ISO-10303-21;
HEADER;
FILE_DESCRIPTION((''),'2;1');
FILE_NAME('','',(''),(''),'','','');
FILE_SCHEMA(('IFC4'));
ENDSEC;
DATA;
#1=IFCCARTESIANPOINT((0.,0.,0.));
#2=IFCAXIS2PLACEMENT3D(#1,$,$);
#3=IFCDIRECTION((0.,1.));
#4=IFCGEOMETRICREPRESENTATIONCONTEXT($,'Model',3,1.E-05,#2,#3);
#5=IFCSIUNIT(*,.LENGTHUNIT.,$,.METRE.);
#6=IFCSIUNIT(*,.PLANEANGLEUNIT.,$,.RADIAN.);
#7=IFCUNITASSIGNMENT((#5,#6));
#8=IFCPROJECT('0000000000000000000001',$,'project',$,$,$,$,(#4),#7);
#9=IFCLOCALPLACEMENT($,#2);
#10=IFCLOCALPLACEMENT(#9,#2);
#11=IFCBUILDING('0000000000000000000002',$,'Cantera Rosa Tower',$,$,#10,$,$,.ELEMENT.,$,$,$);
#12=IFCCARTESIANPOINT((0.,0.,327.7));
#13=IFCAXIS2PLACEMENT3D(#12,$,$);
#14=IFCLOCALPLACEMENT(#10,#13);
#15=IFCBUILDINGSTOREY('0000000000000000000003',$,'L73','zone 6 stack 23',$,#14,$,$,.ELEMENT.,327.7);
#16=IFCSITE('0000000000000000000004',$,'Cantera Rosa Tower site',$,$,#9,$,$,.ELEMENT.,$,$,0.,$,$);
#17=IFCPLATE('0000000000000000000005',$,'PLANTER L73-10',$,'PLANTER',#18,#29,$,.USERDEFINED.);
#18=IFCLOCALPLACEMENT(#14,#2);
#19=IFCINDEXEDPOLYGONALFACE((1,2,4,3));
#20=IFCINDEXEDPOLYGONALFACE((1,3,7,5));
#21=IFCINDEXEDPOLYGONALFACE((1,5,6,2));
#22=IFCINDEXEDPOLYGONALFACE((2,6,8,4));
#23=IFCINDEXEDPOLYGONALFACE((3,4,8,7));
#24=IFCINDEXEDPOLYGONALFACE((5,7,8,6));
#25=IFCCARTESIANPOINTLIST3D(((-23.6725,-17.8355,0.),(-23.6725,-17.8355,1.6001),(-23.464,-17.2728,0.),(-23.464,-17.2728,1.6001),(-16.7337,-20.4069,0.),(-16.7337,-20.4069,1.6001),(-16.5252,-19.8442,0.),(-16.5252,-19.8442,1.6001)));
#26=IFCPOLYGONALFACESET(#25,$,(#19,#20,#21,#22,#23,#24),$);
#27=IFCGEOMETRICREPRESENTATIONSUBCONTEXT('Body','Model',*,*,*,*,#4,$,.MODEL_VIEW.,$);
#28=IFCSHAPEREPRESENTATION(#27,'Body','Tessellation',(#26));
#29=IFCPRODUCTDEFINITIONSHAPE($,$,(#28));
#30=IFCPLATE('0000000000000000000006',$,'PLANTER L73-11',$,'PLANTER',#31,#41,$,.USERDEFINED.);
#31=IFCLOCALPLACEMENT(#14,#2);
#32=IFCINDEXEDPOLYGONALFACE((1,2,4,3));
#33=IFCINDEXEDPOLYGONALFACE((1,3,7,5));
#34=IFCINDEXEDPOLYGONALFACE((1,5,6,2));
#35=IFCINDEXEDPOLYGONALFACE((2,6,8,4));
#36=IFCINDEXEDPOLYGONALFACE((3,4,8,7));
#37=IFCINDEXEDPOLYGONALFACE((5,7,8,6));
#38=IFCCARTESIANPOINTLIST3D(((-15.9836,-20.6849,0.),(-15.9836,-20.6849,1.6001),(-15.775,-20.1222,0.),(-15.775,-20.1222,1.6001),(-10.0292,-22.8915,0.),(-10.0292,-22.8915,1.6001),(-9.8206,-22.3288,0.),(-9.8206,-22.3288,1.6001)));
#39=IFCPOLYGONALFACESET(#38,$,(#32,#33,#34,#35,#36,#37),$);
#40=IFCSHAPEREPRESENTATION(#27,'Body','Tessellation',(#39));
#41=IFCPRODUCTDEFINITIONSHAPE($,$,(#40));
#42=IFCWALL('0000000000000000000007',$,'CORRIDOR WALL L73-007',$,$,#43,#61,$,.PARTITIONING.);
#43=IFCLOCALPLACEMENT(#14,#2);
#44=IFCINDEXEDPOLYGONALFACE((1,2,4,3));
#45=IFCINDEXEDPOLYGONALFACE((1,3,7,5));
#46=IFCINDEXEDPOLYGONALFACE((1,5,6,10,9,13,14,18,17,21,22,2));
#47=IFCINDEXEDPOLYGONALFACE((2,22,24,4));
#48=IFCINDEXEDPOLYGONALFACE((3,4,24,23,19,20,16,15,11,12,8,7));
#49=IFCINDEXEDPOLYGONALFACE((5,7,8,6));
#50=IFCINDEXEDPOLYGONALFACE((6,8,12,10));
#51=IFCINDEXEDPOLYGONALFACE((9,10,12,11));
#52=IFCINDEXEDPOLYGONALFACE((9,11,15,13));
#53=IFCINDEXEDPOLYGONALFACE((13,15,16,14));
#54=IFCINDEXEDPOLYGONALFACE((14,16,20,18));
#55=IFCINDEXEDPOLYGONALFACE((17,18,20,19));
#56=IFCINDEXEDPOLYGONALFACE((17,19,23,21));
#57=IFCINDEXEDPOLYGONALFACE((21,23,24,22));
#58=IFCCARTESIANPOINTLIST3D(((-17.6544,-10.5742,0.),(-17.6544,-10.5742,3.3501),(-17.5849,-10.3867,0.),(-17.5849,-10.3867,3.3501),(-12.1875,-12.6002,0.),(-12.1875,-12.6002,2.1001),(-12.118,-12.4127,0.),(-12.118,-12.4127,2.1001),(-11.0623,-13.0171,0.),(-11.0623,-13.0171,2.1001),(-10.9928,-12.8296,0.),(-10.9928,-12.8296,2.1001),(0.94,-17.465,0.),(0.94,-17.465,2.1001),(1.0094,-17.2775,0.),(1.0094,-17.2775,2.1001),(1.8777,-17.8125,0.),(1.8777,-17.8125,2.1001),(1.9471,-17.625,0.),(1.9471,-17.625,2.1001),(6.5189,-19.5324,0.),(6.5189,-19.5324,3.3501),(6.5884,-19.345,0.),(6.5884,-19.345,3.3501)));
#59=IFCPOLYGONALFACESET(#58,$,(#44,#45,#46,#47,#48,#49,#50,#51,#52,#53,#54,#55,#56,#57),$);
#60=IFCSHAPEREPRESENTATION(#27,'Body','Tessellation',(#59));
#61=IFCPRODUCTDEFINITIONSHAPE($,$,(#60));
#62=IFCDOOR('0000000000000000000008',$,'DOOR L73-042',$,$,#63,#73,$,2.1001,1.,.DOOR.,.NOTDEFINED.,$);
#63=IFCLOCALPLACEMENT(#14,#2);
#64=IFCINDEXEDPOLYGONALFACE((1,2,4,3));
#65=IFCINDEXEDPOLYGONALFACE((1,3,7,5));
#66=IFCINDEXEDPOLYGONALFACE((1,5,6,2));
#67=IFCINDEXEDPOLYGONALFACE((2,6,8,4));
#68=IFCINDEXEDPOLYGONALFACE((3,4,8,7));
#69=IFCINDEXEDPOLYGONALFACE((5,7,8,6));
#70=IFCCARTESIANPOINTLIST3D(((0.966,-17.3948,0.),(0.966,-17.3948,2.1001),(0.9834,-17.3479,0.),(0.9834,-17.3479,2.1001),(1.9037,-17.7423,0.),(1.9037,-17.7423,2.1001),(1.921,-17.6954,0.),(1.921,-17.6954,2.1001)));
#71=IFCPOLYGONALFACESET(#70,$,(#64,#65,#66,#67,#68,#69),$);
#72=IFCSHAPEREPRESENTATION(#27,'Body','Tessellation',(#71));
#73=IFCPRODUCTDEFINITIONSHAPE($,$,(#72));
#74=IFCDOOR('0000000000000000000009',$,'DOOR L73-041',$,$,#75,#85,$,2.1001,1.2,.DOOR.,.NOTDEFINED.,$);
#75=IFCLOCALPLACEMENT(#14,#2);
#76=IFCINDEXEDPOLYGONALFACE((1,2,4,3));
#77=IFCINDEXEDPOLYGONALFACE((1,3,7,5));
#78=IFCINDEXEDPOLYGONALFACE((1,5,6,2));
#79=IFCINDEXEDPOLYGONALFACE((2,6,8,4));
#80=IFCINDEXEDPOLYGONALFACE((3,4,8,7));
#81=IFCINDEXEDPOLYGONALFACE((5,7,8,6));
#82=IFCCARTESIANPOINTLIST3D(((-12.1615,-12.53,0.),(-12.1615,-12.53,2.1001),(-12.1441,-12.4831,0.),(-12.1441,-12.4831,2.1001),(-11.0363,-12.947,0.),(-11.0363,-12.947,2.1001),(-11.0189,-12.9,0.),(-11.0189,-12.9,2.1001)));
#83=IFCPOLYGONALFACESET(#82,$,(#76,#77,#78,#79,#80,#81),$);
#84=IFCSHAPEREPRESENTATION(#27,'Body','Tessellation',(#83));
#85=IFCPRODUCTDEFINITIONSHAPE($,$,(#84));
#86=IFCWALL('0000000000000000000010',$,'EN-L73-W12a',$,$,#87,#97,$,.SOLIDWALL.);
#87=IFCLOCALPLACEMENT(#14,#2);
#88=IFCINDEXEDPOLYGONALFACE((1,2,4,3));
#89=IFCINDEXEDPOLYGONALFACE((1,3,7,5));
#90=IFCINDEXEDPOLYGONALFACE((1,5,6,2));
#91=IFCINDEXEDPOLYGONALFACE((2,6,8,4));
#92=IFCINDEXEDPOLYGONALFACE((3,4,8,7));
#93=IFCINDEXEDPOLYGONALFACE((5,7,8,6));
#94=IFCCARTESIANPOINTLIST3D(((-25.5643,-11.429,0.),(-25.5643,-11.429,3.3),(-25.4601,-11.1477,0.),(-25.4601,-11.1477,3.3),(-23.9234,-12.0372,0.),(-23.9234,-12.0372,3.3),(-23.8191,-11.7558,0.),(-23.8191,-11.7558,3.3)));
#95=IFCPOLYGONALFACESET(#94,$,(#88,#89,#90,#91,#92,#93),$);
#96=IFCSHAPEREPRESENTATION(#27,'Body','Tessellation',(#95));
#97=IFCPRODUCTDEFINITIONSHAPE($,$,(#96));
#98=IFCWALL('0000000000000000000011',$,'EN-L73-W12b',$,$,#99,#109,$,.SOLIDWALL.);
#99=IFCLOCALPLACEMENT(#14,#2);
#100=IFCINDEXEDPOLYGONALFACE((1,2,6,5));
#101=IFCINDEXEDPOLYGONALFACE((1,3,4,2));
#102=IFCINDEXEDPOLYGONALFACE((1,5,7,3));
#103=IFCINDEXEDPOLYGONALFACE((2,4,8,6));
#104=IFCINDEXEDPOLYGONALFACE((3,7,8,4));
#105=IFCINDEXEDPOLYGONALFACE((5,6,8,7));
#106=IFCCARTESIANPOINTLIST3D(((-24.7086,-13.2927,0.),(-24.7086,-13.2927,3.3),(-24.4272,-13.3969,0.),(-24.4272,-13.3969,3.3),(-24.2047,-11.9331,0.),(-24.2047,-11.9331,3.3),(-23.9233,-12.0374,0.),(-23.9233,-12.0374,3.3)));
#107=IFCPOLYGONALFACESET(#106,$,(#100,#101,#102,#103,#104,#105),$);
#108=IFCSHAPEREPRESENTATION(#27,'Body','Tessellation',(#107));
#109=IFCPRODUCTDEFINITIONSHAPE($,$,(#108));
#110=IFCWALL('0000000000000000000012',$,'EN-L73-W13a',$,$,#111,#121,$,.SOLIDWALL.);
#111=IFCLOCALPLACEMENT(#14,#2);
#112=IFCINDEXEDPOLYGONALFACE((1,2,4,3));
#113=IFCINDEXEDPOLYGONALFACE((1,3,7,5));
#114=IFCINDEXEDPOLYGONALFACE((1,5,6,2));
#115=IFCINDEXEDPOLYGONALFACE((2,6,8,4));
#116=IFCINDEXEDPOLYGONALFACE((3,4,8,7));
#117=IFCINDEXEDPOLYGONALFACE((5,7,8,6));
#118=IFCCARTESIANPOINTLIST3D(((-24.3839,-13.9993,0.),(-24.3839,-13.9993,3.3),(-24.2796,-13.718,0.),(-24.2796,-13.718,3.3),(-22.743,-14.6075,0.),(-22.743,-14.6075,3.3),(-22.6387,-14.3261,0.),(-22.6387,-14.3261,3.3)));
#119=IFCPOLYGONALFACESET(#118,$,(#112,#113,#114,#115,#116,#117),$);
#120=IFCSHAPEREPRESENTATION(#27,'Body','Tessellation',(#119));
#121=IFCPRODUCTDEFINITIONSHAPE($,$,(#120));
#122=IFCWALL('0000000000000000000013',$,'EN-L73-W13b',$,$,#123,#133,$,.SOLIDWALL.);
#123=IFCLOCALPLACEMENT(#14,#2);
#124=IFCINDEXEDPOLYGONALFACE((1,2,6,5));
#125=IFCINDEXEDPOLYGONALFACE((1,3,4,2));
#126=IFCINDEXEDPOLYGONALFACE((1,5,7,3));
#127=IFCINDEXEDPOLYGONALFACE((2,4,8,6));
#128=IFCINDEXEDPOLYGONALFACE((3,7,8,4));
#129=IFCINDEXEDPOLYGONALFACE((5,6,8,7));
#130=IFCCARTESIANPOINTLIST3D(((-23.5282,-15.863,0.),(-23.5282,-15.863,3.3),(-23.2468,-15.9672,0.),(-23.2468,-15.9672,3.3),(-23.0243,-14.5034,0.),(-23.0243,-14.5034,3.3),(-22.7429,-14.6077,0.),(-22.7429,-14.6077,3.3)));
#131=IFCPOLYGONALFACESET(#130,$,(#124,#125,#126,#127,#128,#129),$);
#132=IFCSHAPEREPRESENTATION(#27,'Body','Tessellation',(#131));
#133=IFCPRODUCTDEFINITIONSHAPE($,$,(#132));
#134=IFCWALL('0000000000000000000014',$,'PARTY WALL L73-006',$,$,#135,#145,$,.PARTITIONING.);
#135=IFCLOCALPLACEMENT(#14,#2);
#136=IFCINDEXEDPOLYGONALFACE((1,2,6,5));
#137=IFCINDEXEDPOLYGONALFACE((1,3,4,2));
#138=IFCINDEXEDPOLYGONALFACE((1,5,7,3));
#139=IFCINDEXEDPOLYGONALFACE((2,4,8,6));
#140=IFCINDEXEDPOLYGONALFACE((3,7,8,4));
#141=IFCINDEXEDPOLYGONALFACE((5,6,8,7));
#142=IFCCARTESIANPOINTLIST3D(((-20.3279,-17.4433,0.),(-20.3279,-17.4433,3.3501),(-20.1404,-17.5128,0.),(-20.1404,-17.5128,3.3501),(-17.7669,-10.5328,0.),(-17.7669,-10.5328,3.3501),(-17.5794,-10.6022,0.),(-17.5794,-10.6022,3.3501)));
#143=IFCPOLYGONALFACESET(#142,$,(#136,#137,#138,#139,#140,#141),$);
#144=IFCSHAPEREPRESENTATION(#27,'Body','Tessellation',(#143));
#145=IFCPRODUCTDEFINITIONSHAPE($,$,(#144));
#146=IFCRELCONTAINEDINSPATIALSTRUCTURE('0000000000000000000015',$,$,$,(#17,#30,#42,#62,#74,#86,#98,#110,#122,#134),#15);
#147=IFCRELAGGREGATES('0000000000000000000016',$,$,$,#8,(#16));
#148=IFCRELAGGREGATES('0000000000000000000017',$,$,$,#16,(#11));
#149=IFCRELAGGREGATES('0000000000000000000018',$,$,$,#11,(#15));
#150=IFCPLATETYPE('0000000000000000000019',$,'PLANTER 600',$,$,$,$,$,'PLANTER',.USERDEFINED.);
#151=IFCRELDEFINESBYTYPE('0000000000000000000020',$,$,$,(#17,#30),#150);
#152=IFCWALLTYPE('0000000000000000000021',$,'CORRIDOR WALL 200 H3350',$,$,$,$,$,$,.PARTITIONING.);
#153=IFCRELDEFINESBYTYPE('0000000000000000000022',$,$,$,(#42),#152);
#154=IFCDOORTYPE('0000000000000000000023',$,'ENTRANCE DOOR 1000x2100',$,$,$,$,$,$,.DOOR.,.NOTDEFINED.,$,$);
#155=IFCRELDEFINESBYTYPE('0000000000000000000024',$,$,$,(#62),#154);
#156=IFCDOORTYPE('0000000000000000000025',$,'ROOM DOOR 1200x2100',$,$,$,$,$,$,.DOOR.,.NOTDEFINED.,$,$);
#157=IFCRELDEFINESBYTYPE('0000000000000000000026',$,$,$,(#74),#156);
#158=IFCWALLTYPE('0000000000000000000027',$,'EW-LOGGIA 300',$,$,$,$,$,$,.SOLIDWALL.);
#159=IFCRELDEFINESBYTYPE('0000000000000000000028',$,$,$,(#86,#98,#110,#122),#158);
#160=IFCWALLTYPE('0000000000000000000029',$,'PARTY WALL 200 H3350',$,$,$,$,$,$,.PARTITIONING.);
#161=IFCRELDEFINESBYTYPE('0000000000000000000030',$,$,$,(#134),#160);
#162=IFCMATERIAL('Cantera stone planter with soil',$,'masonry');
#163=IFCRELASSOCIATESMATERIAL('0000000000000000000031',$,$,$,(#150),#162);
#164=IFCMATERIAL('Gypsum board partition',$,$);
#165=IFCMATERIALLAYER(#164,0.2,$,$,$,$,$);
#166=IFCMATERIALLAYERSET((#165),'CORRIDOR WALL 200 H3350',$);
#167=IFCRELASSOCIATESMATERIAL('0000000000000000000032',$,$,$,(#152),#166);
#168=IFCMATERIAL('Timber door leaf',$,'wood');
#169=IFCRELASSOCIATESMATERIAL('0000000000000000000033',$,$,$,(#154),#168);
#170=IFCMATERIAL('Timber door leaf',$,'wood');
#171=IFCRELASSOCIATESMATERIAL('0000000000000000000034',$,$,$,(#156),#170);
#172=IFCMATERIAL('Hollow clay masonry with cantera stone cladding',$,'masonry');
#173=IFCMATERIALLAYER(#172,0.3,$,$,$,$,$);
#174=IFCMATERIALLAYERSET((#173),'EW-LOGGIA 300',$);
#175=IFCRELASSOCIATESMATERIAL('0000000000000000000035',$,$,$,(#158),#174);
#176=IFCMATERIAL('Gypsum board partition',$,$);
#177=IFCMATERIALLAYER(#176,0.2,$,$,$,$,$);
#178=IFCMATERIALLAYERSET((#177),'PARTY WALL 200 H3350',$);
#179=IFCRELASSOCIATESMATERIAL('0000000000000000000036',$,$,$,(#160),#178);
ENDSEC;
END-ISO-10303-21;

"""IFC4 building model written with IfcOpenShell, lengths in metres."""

from ifc_helpers import new_model, si_unit, direction, frame, frame_2d, origin, origin_2d, place, context, subcontext, project, spatial, rectangle, extrude, material, layer, layer_set, type_object, element, fill, save


model = new_model("IFC4")

# Units and contexts
model_context = context("Model", 3, precision=1e-05, world=origin(), true_north=direction((0.0, 1.0)))
body_context = subcontext(model_context, "Body", "Model", "MODEL_VIEW")
ifc_project = project(units=[si_unit("LENGTHUNIT", "METRE"), si_unit("PLANEANGLEUNIT", "RADIAN")], contexts=[model_context])

# Site, building, storey
site_placement = place(None, origin())
site = spatial("IfcSite", under=ifc_project, at=site_placement, Name="Cantera Rosa Tower site", CompositionType="ELEMENT", RefElevation=0.0)
building_placement = place(site_placement, origin())
building = spatial("IfcBuilding", under=site, at=building_placement, Name="Cantera Rosa Tower", CompositionType="ELEMENT")
storey_placement = place(building_placement, frame((0.0, 0.0, 327.7)))
storey = spatial("IfcBuildingStorey", under=building, at=storey_placement, Name="L73", Description="zone 6 stack 23", CompositionType="ELEMENT", Elevation=327.7)

# Plates
ifc_material_1 = material(Name="Cantera stone planter with soil", Category="masonry")
plate_type = type_object("IfcPlateType", Name="PLANTER 600", ElementType="PLANTER", PredefinedType="USERDEFINED", material=ifc_material_1)
plate_1_placement = place(storey_placement, frame((-20.0989, -18.8398, 0.0), z_axis=(0.0, 0.0, 1.0), x_axis=(0.937687, -0.347481, 0.0)))
element("IfcPlate", 1, at=plate_1_placement, inside=storey, type_object=plate_type, Name="PLANTER L73-10", ObjectType="PLANTER", PredefinedType="USERDEFINED", context=body_context, shape_type="SweptSolid", body=[
    extrude(rectangle(XDim=7.3999, YDim=0.6001, at=origin_2d()), origin(), (0.0, 0.0, 1.0), 1.6001),
])
plate_2_placement = place(storey_placement, frame((-12.9021, -21.5068, 0.0), z_axis=(0.0, 0.0, 1.0), x_axis=(0.937687, -0.347481, 0.0)))
element("IfcPlate", 2, at=plate_2_placement, inside=storey, type_object=plate_type, Name="PLANTER L73-11", ObjectType="PLANTER", PredefinedType="USERDEFINED", context=body_context, shape_type="SweptSolid", body=[
    extrude(rectangle(XDim=6.3501, YDim=0.6001, at=origin_2d()), origin(), (0.0, 0.0, 1.0), 1.6001),
])

# Wall, openings, doors
ifc_material_2 = material(Name="Gypsum board partition")
ifc_layer_1 = layer(ifc_material_2, 0.2)
ifc_layer_set_1 = layer_set([ifc_layer_1], Name="CORRIDOR WALL 200 H3350")
wall_type_1 = type_object("IfcWallType", Name="CORRIDOR WALL 200 H3350", PredefinedType="PARTITIONING", material=ifc_layer_set_1)
wall_1_placement = place(storey_placement, frame((-17.6196, -10.4805, 0.0), z_axis=(0.0, 0.0, 1.0), x_axis=(0.937684, -0.34749, 0.0)))
wall_1 = element("IfcWall", 3, at=wall_1_placement, inside=storey, type_object=wall_type_1, Name="CORRIDOR WALL L73-007", PredefinedType="PARTITIONING", context=body_context, shape_type="SweptSolid", body=[
    extrude(rectangle(XDim=25.7798, YDim=0.2, at=frame_2d((12.8899, 0.0))), origin(), (0.0, 0.0, 1.0), 3.3501),
])
opening_1_placement = place(wall_1_placement, frame((5.8301, 0.0, 0.0)))
opening_1 = element("IfcOpeningElement", 4, at=opening_1_placement, cuts=wall_1, PredefinedType="OPENING", context=body_context, shape_type="SweptSolid", body=[
    extrude(rectangle(XDim=1.2, YDim=2.1001, at=frame_2d((0.6001, 1.05))), frame((0.0, 0.1099, 0.0), z_axis=(0.0, -1.0, 0.0), x_axis=(1.0, 0.0, 0.0)), (0.0, 0.0, 1.0), 0.22),
])
opening_2_placement = place(wall_1_placement, frame((19.8301, 0.0, 0.0)))
opening_2 = element("IfcOpeningElement", 5, at=opening_2_placement, cuts=wall_1, PredefinedType="OPENING", context=body_context, shape_type="SweptSolid", body=[
    extrude(rectangle(XDim=1.0, YDim=2.1001, at=frame_2d((0.5, 1.05))), frame((0.0, 0.1099, 0.0), z_axis=(0.0, -1.0, 0.0), x_axis=(1.0, 0.0, 0.0)), (0.0, 0.0, 1.0), 0.22),
])
ifc_material_3 = material(Name="Timber door leaf", Category="wood")
door_type_1 = type_object("IfcDoorType", Name="ENTRANCE DOOR 1000x2100", OperationType="NOTDEFINED", PredefinedType="DOOR", material=ifc_material_3)
door_1_placement = place(opening_2_placement, origin())
door_1 = element("IfcDoor", 6, at=door_1_placement, inside=storey, type_object=door_type_1, Name="DOOR L73-042", OperationType="NOTDEFINED", OverallHeight=2.1001, OverallWidth=1.0, PredefinedType="DOOR", context=body_context, shape_type="SweptSolid", body=[
    extrude(rectangle(XDim=1.0, YDim=2.1001, at=frame_2d((0.5, 1.05))), frame((0.0, 0.0249, 0.0), z_axis=(0.0, -1.0, 0.0), x_axis=(1.0, 0.0, 0.0)), (0.0, 0.0, 1.0), 0.05),
])
fill(opening_2, door_1)
ifc_material_4 = material(Name="Timber door leaf", Category="wood")
door_type_2 = type_object("IfcDoorType", Name="ROOM DOOR 1200x2100", OperationType="NOTDEFINED", PredefinedType="DOOR", material=ifc_material_4)
door_2_placement = place(opening_1_placement, origin())
door_2 = element("IfcDoor", 7, at=door_2_placement, inside=storey, type_object=door_type_2, Name="DOOR L73-041", OperationType="NOTDEFINED", OverallHeight=2.1001, OverallWidth=1.2, PredefinedType="DOOR", context=body_context, shape_type="SweptSolid", body=[
    extrude(rectangle(XDim=1.2, YDim=2.1001, at=frame_2d((0.6001, 1.05))), frame((0.0, 0.0249, 0.0), z_axis=(0.0, -1.0, 0.0), x_axis=(1.0, 0.0, 0.0)), (0.0, 0.0, 1.0), 0.05),
])
fill(opening_1, door_2)

# Walls
ifc_material_5 = material(Name="Hollow clay masonry with cantera stone cladding", Category="masonry")
ifc_layer_2 = layer(ifc_material_5, 0.3)
ifc_layer_set_2 = layer_set([ifc_layer_2], Name="EW-LOGGIA 300")
wall_type_2 = type_object("IfcWallType", Name="EW-LOGGIA 300", PredefinedType="SOLIDWALL", material=ifc_layer_set_2)
wall_2_placement = place(storey_placement, frame((-25.5122, -11.2883, 0.0), z_axis=(0.0, 0.0, 1.0), x_axis=(0.93767, -0.347528, 0.0)))
element("IfcWall", 8, at=wall_2_placement, inside=storey, type_object=wall_type_2, Name="EN-L73-W12a", PredefinedType="SOLIDWALL", context=body_context, shape_type="SweptSolid", body=[
    extrude(rectangle(XDim=1.75, YDim=0.3, at=frame_2d((0.875, 0.0))), origin(), (0.0, 0.0, 1.0), 3.3),
])
wall_3_placement = place(storey_placement, frame((-24.064, -11.9851, 0.0), z_axis=(0.0, 0.0, 1.0), x_axis=(-0.347523, -0.937672, 0.0)))
element("IfcWall", 9, at=wall_3_placement, inside=storey, type_object=wall_type_2, Name="EN-L73-W12b", PredefinedType="SOLIDWALL", context=body_context, shape_type="SweptSolid", body=[
    extrude(rectangle(XDim=1.45, YDim=0.3, at=frame_2d((0.7251, 0.0))), origin(), (0.0, 0.0, 1.0), 3.3),
])
wall_4_placement = place(storey_placement, frame((-24.3318, -13.8586, 0.0), z_axis=(0.0, 0.0, 1.0), x_axis=(0.93767, -0.347528, 0.0)))
element("IfcWall", 10, at=wall_4_placement, inside=storey, type_object=wall_type_2, Name="EN-L73-W13a", PredefinedType="SOLIDWALL", context=body_context, shape_type="SweptSolid", body=[
    extrude(rectangle(XDim=1.75, YDim=0.3, at=frame_2d((0.875, 0.0))), origin(), (0.0, 0.0, 1.0), 3.3),
])
wall_5_placement = place(storey_placement, frame((-22.8835, -14.5554, 0.0), z_axis=(0.0, 0.0, 1.0), x_axis=(-0.347523, -0.937672, 0.0)))
element("IfcWall", 11, at=wall_5_placement, inside=storey, type_object=wall_type_2, Name="EN-L73-W13b", PredefinedType="SOLIDWALL", context=body_context, shape_type="SweptSolid", body=[
    extrude(rectangle(XDim=1.45, YDim=0.3, at=frame_2d((0.7251, 0.0))), origin(), (0.0, 0.0, 1.0), 3.3),
])

# Wall
ifc_material_6 = material(Name="Gypsum board partition")
ifc_layer_3 = layer(ifc_material_6, 0.2)
ifc_layer_set_3 = layer_set([ifc_layer_3], Name="PARTY WALL 200 H3350")
wall_type_3 = type_object("IfcWallType", Name="PARTY WALL 200 H3350", PredefinedType="PARTITIONING", material=ifc_layer_set_3)
wall_6_placement = place(storey_placement, frame((-17.6731, -10.5674, 0.0), z_axis=(0.0, 0.0, 1.0), x_axis=(-0.347498, -0.937681, 0.0)))
element("IfcWall", 12, at=wall_6_placement, inside=storey, type_object=wall_type_3, Name="PARTY WALL L73-006", PredefinedType="PARTITIONING", context=body_context, shape_type="SweptSolid", body=[
    extrude(rectangle(XDim=7.3699, YDim=0.2, at=frame_2d((3.6851, 0.0))), origin(), (0.0, 0.0, 1.0), 3.3501),
])

save(model, "model.ifc")
